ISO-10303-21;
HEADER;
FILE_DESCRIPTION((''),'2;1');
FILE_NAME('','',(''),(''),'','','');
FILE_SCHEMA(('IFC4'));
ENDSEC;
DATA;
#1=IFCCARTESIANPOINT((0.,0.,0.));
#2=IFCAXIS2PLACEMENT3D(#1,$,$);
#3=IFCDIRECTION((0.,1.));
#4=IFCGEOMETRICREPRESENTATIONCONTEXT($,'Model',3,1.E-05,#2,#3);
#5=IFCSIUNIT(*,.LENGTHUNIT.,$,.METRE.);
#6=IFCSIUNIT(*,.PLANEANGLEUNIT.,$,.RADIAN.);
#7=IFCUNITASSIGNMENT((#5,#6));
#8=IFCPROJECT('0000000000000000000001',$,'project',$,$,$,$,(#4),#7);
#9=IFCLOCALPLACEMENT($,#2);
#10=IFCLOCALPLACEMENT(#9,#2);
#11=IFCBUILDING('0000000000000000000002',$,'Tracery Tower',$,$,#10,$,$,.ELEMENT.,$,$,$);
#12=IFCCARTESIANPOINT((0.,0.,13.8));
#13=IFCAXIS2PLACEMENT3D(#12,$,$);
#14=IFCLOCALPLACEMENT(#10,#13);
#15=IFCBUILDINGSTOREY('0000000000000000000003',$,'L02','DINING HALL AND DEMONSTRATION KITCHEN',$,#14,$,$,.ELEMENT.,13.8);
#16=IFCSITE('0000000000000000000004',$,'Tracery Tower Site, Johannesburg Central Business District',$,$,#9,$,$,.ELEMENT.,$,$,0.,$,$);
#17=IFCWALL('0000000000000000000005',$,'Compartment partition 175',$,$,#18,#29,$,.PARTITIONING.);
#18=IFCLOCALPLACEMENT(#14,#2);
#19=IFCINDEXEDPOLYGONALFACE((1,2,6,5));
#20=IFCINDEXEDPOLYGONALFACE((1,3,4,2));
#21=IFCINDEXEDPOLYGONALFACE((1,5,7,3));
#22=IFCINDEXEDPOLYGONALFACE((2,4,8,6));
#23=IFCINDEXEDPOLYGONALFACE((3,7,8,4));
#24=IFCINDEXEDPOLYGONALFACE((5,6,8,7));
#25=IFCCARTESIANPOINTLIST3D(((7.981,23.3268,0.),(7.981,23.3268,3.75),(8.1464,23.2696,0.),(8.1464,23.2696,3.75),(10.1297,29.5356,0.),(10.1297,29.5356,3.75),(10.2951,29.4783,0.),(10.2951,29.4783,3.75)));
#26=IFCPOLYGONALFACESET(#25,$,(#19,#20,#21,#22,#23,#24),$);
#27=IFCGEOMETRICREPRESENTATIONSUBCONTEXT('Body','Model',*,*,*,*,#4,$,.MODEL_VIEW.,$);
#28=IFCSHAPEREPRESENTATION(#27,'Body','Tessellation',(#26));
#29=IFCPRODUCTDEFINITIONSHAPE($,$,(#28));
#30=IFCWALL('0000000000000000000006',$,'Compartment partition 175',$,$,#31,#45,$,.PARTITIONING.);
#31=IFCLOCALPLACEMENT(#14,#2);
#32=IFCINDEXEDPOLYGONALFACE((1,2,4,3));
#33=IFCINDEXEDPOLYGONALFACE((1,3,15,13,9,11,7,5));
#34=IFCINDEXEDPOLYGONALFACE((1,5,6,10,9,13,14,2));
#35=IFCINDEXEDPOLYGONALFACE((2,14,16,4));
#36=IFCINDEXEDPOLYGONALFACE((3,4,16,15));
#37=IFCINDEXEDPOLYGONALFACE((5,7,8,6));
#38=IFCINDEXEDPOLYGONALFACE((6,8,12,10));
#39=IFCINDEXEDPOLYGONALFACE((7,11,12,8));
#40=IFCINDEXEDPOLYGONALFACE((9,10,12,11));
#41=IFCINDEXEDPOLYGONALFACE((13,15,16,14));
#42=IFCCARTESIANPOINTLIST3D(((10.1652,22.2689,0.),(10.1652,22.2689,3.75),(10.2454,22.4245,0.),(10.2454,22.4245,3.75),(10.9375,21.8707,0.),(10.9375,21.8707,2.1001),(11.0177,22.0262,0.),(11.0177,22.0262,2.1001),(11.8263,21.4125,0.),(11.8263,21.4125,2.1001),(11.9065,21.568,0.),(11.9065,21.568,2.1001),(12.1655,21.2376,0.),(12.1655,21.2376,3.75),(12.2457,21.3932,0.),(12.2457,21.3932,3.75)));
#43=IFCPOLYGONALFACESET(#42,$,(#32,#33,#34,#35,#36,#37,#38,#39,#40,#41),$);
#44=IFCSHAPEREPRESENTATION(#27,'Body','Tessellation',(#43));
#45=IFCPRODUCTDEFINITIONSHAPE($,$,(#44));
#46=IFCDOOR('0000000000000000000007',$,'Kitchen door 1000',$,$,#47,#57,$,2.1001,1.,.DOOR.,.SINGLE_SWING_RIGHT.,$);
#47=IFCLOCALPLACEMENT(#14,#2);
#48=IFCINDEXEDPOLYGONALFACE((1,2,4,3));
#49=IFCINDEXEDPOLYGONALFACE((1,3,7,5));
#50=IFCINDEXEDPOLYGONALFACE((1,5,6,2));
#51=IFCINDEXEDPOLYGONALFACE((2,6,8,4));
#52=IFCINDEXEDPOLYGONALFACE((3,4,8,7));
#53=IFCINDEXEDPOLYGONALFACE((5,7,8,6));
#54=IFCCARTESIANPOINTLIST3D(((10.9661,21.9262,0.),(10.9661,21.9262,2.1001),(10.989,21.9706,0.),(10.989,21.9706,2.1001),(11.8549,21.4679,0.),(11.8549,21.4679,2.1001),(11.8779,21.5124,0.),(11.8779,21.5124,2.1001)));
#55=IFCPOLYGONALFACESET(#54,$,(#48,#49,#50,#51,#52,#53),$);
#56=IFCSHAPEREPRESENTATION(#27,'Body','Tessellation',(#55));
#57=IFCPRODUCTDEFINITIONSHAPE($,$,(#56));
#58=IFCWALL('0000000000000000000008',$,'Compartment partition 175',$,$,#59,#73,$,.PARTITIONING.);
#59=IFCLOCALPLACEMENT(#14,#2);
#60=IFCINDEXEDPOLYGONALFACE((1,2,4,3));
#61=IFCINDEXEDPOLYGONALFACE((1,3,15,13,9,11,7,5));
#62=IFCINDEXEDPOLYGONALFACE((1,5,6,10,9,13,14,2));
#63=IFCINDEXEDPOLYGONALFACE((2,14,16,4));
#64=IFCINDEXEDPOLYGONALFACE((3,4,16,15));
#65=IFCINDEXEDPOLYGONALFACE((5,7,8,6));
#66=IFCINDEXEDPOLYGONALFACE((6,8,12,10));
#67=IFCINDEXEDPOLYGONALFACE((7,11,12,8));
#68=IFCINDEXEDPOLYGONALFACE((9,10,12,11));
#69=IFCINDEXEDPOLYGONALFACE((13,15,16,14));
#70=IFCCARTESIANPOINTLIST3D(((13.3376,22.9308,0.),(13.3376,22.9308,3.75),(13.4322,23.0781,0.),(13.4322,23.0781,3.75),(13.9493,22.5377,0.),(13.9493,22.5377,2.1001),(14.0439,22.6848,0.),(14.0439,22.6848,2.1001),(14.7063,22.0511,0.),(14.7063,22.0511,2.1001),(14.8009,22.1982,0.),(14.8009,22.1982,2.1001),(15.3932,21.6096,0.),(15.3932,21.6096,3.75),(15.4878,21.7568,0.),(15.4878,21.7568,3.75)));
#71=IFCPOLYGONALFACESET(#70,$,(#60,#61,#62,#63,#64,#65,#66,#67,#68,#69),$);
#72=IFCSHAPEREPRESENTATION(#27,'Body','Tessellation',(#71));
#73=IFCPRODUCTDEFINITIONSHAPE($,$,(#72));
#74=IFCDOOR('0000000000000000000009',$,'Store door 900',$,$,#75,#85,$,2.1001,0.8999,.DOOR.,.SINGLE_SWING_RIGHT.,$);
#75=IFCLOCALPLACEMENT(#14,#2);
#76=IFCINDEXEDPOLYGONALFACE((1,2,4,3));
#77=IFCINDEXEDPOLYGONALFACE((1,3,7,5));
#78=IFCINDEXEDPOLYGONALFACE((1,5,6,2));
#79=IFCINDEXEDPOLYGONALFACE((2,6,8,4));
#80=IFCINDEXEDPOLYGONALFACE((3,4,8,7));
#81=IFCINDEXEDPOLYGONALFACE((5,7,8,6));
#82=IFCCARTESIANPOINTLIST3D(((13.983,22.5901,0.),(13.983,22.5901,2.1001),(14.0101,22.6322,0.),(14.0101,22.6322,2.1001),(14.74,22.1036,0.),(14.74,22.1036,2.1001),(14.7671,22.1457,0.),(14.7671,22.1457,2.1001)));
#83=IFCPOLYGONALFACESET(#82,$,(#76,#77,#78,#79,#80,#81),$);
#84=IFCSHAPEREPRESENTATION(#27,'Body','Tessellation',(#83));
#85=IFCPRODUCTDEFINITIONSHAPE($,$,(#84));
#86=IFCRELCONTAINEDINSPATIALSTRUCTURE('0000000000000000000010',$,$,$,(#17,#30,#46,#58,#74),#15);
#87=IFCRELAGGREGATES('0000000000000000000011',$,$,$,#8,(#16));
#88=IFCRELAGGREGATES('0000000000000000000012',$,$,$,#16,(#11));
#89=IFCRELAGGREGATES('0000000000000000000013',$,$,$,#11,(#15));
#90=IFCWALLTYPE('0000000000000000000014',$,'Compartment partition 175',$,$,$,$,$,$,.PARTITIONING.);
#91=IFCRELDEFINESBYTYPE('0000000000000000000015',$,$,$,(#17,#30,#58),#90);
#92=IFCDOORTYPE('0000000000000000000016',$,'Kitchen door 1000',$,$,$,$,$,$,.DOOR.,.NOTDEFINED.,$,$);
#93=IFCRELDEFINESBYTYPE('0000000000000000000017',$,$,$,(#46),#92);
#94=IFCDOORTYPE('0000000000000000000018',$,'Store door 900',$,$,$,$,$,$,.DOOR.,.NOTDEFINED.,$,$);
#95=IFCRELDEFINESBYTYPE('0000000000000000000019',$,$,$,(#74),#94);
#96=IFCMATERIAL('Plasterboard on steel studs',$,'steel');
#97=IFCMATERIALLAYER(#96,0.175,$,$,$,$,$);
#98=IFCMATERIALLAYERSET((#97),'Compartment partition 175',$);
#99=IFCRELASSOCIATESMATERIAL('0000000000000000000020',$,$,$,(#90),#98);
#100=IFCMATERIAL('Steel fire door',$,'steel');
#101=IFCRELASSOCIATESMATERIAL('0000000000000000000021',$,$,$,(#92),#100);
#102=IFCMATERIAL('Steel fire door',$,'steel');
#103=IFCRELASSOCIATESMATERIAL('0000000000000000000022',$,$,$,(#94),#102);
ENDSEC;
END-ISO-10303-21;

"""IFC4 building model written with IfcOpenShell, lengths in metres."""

from ifc_helpers import new_model, si_unit, direction, frame, frame_2d, origin, place, context, subcontext, project, spatial, rectangle, extrude, material, layer, layer_set, type_object, element, fill, save


model = new_model("IFC4")

# Units and contexts
model_context = context("Model", 3, precision=1e-05, world=origin(), true_north=direction((0.0, 1.0)))
body_context = subcontext(model_context, "Body", "Model", "MODEL_VIEW")
ifc_project = project(units=[si_unit("LENGTHUNIT", "METRE"), si_unit("PLANEANGLEUNIT", "RADIAN")], contexts=[model_context])

# Site, building, storey
site_placement = place(None, origin())
site = spatial("IfcSite", under=ifc_project, at=site_placement, Name="Tracery Tower Site, Johannesburg Central Business District", CompositionType="ELEMENT", RefElevation=0.0)
building_placement = place(site_placement, origin())
building = spatial("IfcBuilding", under=site, at=building_placement, Name="Tracery Tower", CompositionType="ELEMENT")
storey_placement = place(building_placement, frame((0.0, 0.0, 13.8)))
storey = spatial("IfcBuildingStorey", under=building, at=storey_placement, Name="L02", Description="DINING HALL AND DEMONSTRATION KITCHEN", CompositionType="ELEMENT", Elevation=13.8)

# Wall
ifc_material_1 = material(Name="Plasterboard on steel studs", Category="steel")
ifc_layer_1 = layer(ifc_material_1, 0.175)
ifc_layer_set_1 = layer_set([ifc_layer_1], Name="Compartment partition 175")
wall_type_1 = type_object("IfcWallType", Name="Compartment partition 175", PredefinedType="PARTITIONING", material=ifc_layer_set_1)
wall_1_placement = place(storey_placement, frame((10.2124, 29.5071, 0.0), z_axis=(0.0, 0.0, 1.0), x_axis=(-0.327043, -0.945009, 0.0)))
element("IfcWall", 1, at=wall_1_placement, inside=storey, type_object=wall_type_1, Name="Compartment partition 175", PredefinedType="PARTITIONING", context=body_context, shape_type="SweptSolid", body=[
    extrude(rectangle(XDim=6.5701, YDim=0.175, at=frame_2d((3.2852, 0.0))), origin(), (0.0, 0.0, 1.0), 3.75),
])

# Walls, openings, doors
wall_2_placement = place(storey_placement, frame((10.2053, 22.3467, 0.0), z_axis=(0.0, 0.0, 1.0), x_axis=(0.888826, -0.458245, 0.0)))
wall_2 = element("IfcWall", 2, at=wall_2_placement, inside=storey, type_object=wall_type_1, Name="Compartment partition 175", PredefinedType="PARTITIONING", context=body_context, shape_type="SweptSolid", body=[
    extrude(rectangle(XDim=2.2505, YDim=0.175, at=frame_2d((1.1252, 0.0))), origin(), (0.0, 0.0, 1.0), 3.75),
])
opening_1_placement = place(wall_2_placement, frame((0.8689, 0.0, 0.0)))
opening_1 = element("IfcOpeningElement", 3, at=opening_1_placement, cuts=wall_2, PredefinedType="OPENING", context=body_context, shape_type="SweptSolid", body=[
    extrude(rectangle(XDim=1.0, YDim=2.1001, at=frame_2d((0.5, 1.05))), frame((0.0, 0.0874, 0.0), z_axis=(0.0, -1.0, 0.0), x_axis=(1.0, 0.0, 0.0)), (0.0, 0.0, 1.0), 0.175),
])
ifc_material_2 = material(Name="Steel fire door", Category="steel")
door_type_1 = type_object("IfcDoorType", Name="Kitchen door 1000", OperationType="NOTDEFINED", PredefinedType="DOOR", material=ifc_material_2)
door_1_placement = place(opening_1_placement, origin())
door_1 = element("IfcDoor", 4, at=door_1_placement, inside=storey, type_object=door_type_1, Name="Kitchen door 1000", OperationType="SINGLE_SWING_RIGHT", OverallHeight=2.1001, OverallWidth=1.0, PredefinedType="DOOR", context=body_context, shape_type="SweptSolid", body=[
    extrude(rectangle(XDim=1.0, YDim=2.1001, at=frame_2d((0.5, 1.05))), frame((0.0, 0.0249, 0.0), z_axis=(0.0, -1.0, 0.0), x_axis=(1.0, 0.0, 0.0)), (0.0, 0.0, 1.0), 0.05),
])
fill(opening_1, door_1)
wall_3_placement = place(storey_placement, frame((13.385, 23.0044, 0.0), z_axis=(0.0, 0.0, 1.0), x_axis=(0.841217, -0.540697, 0.0)))
wall_3 = element("IfcWall", 5, at=wall_3_placement, inside=storey, type_object=wall_type_1, Name="Compartment partition 175", PredefinedType="PARTITIONING", context=body_context, shape_type="SweptSolid", body=[
    extrude(rectangle(XDim=2.4436, YDim=0.175, at=frame_2d((1.2217, 0.0))), origin(), (0.0, 0.0, 1.0), 3.75),
])
opening_2_placement = place(wall_3_placement, frame((0.7271, 0.0, 0.0)))
opening_2 = element("IfcOpeningElement", 6, at=opening_2_placement, cuts=wall_3, PredefinedType="OPENING", context=body_context, shape_type="SweptSolid", body=[
    extrude(rectangle(XDim=0.8999, YDim=2.1001, at=frame_2d((0.45, 1.05))), frame((0.0, 0.0874, 0.0), z_axis=(0.0, -1.0, 0.0), x_axis=(1.0, 0.0, 0.0)), (0.0, 0.0, 1.0), 0.175),
])
ifc_material_3 = material(Name="Steel fire door", Category="steel")
door_type_2 = type_object("IfcDoorType", Name="Store door 900", OperationType="NOTDEFINED", PredefinedType="DOOR", material=ifc_material_3)
door_2_placement = place(opening_2_placement, origin())
door_2 = element("IfcDoor", 7, at=door_2_placement, inside=storey, type_object=door_type_2, Name="Store door 900", OperationType="SINGLE_SWING_RIGHT", OverallHeight=2.1001, OverallWidth=0.8999, PredefinedType="DOOR", context=body_context, shape_type="SweptSolid", body=[
    extrude(rectangle(XDim=0.8999, YDim=2.1001, at=frame_2d((0.45, 1.05))), frame((0.0, 0.0249, 0.0), z_axis=(0.0, -1.0, 0.0), x_axis=(1.0, 0.0, 0.0)), (0.0, 0.0, 1.0), 0.05),
])
fill(opening_2, door_2)

save(model, "model.ifc")
